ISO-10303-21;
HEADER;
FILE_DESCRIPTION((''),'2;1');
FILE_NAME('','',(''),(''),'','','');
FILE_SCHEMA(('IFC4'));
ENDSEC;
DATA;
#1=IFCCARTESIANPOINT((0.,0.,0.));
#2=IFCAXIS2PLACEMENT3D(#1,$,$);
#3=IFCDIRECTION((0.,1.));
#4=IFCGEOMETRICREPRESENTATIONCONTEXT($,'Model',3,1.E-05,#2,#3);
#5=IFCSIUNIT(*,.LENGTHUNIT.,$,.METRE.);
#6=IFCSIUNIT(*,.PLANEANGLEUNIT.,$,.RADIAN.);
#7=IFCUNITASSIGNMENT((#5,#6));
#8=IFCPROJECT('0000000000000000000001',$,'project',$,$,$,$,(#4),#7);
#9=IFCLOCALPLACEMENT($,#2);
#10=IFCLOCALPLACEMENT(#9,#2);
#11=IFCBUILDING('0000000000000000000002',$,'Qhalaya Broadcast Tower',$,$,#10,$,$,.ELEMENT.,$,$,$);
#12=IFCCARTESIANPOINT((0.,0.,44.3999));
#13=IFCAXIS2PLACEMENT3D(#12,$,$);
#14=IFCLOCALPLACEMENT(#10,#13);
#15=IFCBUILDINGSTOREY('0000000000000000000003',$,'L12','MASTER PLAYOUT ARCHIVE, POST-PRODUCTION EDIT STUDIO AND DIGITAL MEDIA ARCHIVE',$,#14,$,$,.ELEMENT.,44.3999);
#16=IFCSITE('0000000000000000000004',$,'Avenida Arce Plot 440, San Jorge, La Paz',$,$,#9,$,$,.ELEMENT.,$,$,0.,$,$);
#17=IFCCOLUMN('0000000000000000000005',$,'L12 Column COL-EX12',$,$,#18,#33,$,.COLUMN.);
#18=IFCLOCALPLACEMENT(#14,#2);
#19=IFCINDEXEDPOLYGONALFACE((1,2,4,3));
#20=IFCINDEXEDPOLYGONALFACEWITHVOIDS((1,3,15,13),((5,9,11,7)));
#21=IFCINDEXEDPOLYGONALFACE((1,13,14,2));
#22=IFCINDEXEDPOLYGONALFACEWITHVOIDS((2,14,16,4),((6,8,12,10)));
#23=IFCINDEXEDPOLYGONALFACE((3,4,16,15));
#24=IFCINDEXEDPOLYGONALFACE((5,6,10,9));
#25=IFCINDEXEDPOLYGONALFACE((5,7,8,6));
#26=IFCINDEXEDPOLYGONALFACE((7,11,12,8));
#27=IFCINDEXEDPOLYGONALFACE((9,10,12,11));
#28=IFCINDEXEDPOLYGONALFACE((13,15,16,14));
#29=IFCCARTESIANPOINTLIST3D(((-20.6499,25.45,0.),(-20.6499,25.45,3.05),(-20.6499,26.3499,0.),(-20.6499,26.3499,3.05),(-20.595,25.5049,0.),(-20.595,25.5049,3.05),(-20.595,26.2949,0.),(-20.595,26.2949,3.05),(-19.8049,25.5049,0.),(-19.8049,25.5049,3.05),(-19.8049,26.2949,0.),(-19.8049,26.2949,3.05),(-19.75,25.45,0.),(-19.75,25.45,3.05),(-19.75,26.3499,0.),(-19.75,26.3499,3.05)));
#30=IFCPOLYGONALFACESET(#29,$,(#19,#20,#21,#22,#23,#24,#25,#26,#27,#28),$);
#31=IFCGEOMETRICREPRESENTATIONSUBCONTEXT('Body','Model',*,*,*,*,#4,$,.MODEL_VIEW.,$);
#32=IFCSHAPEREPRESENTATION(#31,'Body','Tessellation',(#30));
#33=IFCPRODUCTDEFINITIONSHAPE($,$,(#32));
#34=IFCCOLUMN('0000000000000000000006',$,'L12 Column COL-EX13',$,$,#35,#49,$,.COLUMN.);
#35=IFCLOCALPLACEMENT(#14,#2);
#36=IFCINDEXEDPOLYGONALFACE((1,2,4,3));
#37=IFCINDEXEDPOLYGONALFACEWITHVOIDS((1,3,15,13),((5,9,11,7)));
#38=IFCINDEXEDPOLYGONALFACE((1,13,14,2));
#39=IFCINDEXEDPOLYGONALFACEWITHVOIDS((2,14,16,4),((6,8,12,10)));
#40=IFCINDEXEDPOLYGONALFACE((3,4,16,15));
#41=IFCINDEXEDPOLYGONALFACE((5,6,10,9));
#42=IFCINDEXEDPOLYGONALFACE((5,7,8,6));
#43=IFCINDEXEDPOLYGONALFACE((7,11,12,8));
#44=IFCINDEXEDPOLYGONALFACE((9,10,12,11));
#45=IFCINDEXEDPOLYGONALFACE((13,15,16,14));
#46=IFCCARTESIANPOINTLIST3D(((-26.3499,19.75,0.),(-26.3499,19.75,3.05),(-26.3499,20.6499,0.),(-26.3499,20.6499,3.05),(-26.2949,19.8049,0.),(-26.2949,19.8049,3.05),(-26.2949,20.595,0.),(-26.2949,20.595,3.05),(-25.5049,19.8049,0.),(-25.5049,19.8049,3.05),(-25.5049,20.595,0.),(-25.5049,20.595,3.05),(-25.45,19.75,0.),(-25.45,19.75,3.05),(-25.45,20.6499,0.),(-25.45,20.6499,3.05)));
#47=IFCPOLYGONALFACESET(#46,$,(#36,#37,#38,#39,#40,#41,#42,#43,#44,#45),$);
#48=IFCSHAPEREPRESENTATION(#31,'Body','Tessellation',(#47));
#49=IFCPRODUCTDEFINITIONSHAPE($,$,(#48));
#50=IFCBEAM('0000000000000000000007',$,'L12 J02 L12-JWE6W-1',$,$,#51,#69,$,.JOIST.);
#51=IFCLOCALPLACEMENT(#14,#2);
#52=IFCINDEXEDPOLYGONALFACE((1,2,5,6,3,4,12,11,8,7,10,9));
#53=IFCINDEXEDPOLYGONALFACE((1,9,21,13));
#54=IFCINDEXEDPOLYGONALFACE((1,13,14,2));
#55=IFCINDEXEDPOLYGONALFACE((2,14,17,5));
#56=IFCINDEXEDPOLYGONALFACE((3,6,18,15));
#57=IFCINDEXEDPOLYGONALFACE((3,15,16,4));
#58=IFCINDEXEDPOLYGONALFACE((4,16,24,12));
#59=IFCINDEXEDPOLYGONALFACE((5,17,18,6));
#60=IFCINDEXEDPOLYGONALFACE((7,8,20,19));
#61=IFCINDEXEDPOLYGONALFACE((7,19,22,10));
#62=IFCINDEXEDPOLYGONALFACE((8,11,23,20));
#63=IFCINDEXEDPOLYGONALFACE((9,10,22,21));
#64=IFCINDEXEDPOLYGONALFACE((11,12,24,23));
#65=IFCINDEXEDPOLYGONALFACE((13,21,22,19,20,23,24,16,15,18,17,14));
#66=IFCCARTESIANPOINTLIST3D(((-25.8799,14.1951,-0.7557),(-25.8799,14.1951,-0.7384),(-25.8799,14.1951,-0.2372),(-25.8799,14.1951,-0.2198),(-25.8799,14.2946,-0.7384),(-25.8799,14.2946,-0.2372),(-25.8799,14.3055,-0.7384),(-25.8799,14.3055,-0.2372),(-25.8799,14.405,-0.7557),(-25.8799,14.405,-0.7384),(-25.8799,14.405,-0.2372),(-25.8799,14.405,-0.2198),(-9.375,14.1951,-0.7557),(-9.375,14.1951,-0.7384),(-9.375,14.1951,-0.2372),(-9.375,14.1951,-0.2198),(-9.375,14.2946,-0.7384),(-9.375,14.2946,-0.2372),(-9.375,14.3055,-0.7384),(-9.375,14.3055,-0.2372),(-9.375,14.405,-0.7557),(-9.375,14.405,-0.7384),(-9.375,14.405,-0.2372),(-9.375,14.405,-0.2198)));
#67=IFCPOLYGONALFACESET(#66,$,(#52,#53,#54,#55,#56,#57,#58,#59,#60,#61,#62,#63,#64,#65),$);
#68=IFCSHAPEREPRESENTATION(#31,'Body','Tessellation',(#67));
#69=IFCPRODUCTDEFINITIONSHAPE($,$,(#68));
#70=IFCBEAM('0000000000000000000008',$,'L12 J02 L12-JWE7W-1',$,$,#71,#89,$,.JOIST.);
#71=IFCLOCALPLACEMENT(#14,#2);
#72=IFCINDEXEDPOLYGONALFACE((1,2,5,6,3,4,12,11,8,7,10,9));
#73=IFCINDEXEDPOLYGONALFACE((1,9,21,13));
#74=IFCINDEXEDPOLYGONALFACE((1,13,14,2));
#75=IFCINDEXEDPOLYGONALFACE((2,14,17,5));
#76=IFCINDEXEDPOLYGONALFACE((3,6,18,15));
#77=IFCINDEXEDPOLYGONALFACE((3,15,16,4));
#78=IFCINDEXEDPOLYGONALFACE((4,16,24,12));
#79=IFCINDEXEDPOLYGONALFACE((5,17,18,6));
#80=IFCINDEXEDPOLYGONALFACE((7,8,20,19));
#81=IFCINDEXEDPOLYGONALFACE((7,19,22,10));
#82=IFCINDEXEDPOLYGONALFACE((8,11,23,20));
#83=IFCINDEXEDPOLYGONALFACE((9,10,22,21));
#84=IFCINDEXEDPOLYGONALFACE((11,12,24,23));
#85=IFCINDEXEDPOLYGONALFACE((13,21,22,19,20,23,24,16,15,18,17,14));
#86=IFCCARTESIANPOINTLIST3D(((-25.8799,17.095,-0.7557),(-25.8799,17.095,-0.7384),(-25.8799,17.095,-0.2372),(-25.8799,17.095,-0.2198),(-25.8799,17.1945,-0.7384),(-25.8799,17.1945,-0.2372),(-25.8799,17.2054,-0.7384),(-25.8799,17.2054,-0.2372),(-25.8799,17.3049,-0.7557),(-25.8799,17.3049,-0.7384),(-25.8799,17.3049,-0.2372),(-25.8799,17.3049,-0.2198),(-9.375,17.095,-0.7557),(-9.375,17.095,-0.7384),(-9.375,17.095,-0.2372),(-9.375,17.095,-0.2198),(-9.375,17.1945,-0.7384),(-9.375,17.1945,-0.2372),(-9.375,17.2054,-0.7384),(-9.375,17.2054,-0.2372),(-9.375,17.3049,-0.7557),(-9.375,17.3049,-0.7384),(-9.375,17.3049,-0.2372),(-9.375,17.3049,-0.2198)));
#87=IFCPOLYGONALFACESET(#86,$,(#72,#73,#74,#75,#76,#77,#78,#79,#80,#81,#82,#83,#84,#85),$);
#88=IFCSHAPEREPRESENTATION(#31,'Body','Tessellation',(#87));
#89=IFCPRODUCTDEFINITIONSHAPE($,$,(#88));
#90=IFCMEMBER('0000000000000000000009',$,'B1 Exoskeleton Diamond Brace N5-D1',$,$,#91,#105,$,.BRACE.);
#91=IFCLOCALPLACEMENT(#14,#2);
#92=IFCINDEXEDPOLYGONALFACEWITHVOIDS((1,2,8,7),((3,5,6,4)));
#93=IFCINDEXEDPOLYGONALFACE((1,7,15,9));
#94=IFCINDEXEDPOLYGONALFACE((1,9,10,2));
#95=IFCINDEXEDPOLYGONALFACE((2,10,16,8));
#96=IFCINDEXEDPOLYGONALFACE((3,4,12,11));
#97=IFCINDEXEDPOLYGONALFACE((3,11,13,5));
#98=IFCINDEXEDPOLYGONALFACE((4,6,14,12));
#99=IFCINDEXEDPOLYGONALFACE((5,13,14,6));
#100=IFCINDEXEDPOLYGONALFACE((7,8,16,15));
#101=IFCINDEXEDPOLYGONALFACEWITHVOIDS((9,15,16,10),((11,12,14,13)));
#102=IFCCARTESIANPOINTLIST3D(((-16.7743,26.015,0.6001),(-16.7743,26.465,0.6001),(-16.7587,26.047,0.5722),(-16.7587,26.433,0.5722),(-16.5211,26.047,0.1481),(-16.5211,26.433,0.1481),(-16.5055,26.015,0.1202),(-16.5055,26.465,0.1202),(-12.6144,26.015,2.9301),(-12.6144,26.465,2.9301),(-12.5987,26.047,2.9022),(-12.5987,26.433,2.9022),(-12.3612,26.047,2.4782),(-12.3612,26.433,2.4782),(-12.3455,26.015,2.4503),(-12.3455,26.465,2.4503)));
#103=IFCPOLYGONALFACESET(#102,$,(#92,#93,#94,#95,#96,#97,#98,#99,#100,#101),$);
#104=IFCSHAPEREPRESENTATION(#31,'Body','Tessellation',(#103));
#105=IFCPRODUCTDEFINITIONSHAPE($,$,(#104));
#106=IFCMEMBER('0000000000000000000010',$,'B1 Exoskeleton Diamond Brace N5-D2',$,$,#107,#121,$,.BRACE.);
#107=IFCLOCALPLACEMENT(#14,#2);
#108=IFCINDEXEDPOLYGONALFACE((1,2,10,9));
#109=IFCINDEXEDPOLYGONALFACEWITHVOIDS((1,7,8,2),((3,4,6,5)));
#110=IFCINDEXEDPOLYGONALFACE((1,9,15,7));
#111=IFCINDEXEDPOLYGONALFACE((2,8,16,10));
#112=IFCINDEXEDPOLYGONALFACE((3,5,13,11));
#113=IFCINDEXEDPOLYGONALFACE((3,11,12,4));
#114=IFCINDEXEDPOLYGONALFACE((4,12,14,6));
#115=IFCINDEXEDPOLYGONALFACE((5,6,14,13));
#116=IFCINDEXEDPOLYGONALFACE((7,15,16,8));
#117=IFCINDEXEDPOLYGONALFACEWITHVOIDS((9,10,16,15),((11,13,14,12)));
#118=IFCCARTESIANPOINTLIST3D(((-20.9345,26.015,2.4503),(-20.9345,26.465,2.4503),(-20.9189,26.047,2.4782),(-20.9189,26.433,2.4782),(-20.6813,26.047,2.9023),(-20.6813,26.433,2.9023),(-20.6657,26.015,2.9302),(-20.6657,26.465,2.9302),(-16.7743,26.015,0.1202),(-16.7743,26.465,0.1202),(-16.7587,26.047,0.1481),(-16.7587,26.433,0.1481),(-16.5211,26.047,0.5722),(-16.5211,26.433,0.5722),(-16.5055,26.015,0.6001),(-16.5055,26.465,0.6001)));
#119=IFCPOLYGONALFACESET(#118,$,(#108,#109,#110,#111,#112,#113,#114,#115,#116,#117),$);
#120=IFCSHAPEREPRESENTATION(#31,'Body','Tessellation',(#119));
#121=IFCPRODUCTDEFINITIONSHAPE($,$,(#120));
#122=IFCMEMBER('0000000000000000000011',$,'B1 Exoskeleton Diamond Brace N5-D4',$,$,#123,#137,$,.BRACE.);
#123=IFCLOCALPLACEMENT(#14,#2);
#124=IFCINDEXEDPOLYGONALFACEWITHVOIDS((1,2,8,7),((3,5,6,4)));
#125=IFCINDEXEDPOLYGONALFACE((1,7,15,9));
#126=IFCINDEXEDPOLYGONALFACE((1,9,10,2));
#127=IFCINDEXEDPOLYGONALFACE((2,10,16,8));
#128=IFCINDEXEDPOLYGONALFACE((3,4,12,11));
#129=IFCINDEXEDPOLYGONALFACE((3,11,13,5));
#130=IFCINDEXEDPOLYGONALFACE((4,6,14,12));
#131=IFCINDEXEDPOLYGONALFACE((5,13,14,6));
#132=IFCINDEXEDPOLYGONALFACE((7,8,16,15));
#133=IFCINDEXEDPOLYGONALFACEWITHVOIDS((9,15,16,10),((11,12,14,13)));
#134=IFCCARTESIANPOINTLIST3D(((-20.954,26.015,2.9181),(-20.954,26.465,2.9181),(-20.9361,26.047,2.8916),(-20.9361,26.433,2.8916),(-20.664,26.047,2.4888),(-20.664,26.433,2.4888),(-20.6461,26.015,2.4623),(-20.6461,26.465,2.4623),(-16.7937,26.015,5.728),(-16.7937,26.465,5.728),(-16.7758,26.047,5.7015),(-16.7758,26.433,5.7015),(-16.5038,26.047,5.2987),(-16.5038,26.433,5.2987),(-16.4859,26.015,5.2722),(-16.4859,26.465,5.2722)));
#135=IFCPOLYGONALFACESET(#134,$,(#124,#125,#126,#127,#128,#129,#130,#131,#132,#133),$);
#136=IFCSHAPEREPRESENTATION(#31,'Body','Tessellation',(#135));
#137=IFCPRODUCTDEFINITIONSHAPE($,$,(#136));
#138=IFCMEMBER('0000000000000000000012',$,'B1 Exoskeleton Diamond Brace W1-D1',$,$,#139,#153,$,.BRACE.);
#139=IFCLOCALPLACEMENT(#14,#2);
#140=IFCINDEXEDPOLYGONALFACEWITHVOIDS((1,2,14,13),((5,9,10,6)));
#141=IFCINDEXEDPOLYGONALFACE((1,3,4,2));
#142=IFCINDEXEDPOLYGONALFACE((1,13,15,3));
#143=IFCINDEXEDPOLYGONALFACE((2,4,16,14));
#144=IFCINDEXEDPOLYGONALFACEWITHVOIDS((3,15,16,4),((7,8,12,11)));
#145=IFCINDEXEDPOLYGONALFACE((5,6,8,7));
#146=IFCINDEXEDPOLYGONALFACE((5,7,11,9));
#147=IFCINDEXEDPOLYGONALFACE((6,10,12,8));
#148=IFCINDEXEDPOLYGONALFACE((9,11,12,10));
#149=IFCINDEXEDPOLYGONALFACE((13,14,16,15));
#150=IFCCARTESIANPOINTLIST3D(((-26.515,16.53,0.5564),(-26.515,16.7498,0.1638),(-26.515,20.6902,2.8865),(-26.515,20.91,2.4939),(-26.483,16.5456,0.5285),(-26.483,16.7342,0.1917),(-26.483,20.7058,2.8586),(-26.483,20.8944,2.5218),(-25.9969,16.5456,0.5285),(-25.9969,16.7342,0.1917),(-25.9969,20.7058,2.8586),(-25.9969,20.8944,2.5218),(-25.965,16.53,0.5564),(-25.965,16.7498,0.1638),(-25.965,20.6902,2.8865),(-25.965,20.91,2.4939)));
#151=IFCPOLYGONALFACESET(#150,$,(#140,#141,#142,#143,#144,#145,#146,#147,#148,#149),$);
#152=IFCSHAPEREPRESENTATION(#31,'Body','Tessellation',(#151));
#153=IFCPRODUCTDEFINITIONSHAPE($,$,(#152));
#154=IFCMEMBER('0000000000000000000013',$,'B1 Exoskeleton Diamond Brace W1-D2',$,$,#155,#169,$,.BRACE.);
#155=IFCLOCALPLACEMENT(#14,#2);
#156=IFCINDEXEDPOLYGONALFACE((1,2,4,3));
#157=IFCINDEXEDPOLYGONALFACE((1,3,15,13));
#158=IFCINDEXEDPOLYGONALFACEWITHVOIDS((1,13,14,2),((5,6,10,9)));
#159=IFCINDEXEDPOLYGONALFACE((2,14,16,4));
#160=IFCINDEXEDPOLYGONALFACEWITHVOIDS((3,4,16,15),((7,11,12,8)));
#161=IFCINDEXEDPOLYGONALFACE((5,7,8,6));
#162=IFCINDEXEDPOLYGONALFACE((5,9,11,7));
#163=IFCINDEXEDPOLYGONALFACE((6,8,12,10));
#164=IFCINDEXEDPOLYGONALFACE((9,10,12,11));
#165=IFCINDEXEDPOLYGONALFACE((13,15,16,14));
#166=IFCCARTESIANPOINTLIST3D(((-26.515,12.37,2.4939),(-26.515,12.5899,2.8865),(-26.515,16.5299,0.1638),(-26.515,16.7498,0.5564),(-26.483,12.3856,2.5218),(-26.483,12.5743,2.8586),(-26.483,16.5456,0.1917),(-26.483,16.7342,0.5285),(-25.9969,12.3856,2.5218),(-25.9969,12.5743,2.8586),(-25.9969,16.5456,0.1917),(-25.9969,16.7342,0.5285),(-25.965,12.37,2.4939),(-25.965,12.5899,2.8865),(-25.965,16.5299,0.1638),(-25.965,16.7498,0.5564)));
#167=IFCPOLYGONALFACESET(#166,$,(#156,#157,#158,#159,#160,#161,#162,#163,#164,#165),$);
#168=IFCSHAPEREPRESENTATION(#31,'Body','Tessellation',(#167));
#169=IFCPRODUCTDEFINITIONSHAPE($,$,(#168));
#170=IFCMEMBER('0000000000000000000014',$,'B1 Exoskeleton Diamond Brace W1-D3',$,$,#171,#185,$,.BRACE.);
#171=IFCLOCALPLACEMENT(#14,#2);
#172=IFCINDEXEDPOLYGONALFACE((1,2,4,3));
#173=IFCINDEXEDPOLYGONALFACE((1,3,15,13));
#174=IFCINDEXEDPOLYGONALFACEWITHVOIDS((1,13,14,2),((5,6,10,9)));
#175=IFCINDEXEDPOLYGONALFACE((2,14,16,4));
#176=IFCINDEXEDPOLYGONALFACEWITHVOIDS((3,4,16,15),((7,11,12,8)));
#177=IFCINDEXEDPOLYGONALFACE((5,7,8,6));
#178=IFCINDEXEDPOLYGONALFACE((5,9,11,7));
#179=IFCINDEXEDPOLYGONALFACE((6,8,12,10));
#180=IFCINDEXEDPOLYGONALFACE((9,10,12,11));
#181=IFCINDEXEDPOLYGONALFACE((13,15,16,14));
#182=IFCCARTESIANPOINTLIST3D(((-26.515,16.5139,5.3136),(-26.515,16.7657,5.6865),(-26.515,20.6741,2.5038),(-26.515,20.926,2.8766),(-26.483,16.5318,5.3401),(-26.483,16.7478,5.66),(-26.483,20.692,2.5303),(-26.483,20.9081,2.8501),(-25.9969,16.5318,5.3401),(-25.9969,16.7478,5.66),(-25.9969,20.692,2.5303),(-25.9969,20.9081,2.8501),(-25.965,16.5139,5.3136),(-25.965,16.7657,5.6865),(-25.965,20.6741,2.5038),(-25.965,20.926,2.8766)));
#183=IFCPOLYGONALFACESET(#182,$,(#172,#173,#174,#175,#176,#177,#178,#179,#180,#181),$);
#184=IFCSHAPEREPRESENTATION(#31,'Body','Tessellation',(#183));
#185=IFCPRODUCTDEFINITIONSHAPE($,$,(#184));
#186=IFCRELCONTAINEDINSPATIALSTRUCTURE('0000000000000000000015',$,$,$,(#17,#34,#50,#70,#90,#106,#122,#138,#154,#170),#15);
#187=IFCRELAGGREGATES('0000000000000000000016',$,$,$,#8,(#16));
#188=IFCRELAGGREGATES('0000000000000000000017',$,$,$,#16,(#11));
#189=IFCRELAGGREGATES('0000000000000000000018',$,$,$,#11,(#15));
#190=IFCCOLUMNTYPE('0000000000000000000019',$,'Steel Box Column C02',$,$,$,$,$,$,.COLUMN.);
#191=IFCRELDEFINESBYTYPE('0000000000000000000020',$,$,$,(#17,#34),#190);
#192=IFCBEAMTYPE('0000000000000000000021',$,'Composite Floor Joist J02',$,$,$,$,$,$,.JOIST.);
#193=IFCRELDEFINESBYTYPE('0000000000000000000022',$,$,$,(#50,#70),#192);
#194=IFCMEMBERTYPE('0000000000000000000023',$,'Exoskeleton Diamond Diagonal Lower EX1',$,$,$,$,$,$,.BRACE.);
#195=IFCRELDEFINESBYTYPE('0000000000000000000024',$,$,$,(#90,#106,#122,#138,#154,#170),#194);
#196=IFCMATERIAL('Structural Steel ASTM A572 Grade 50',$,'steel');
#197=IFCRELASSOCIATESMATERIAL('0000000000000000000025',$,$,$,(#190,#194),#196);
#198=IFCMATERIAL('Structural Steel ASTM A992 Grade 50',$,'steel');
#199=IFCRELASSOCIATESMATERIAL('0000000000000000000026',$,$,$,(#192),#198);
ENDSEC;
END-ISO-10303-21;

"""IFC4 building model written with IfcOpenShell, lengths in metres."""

from ifc_helpers import new_model, si_unit, direction, frame, origin, origin_2d, place, context, subcontext, project, spatial, hollow_rectangle, i_section, extrude, material, material_profile, profile_set, type_object, element, save


model = new_model("IFC4")

# Units and contexts
model_context = context("Model", 3, precision=1e-05, world=origin(), true_north=direction((0.0, 1.0)))
body_context = subcontext(model_context, "Body", "Model", "MODEL_VIEW")
ifc_project = project(units=[si_unit("LENGTHUNIT", "METRE"), si_unit("PLANEANGLEUNIT", "RADIAN")], contexts=[model_context])

# Site, building, storey
site_placement = place(None, origin())
site = spatial("IfcSite", under=ifc_project, at=site_placement, Name="Avenida Arce Plot 440, San Jorge, La Paz", CompositionType="ELEMENT", RefElevation=0.0)
building_placement = place(site_placement, origin())
building = spatial("IfcBuilding", under=site, at=building_placement, Name="Qhalaya Broadcast Tower", CompositionType="ELEMENT")
storey_placement = place(building_placement, frame((0.0, 0.0, 44.3999)))
storey = spatial("IfcBuildingStorey", under=building, at=storey_placement, Name="L12", Description="MASTER PLAYOUT ARCHIVE, POST-PRODUCTION EDIT STUDIO AND DIGITAL MEDIA ARCHIVE", CompositionType="ELEMENT", Elevation=44.3999)

# Columns
ifc_material_1 = material(Name="Structural Steel ASTM A572 Grade 50", Category="steel")
ifc_material_profile_1 = material_profile(ifc_material_1, hollow_rectangle(XDim=0.8999, YDim=0.8999, WallThickness=0.0549, at=origin_2d()), Name="BOX 900x900x55")
ifc_profile_set_1 = profile_set([ifc_material_profile_1], Name="Structural Steel ASTM A572 Grade 50")
column_type = type_object("IfcColumnType", Name="Steel Box Column C02", PredefinedType="COLUMN", material=ifc_profile_set_1)
for number, where, z_axis, x_axis, name in (
    (1, (-20.2, 25.8999, 0.0), (0.0, 0.0, 1.0), (1.0, 0.0, 0.0), "L12 Column COL-EX12"),
    (2, (-25.8999, 20.2, 0.0), (0.0, 0.0, 1.0), (0.0, 1.0, 0.0), "L12 Column COL-EX13"),
):
    element("IfcColumn", number, at=place(storey_placement, frame(where, z_axis=z_axis, x_axis=x_axis)), inside=storey, type_object=column_type, Name=name, PredefinedType="COLUMN", context=body_context, shape_type="SweptSolid", body=[
        extrude(hollow_rectangle(XDim=0.8999, YDim=0.8999, WallThickness=0.0549, at=origin_2d()), origin(), (0.0, 0.0, 1.0), 3.05),
    ])

# Beams
ifc_material_2 = material(Name="Structural Steel ASTM A992 Grade 50", Category="steel")
ifc_material_profile_2 = material_profile(ifc_material_2, i_section(OverallWidth=0.21, OverallDepth=0.5359, WebThickness=0.011, FlangeThickness=0.0173, at=origin_2d()), Name="W21X68")
ifc_profile_set_2 = profile_set([ifc_material_profile_2], Name="Structural Steel ASTM A992 Grade 50")
beam_type_1 = type_object("IfcBeamType", Name="Composite Floor Joist J02", PredefinedType="JOIST", material=ifc_profile_set_2)
for number, where, z_axis, x_axis, name in (
    (3, (-25.8799, 14.3, -0.4878), (1.0, 0.0, 0.0), (0.0, 1.0, 0.0), "L12 J02 L12-JWE6W-1"),
    (4, (-25.8799, 17.2, -0.4878), (1.0, 0.0, 0.0), (0.0, 1.0, 0.0), "L12 J02 L12-JWE7W-1"),
):
    element("IfcBeam", number, at=place(storey_placement, frame(where, z_axis=z_axis, x_axis=x_axis)), inside=storey, type_object=beam_type_1, Name=name, PredefinedType="JOIST", context=body_context, shape_type="SweptSolid", body=[
        extrude(i_section(OverallWidth=0.21, OverallDepth=0.5359, WebThickness=0.011, FlangeThickness=0.0173, at=origin_2d()), origin(), (0.0, 0.0, 1.0), 16.5049),
    ])

# Members
ifc_material_profile_3 = material_profile(ifc_material_1, hollow_rectangle(XDim=0.45, YDim=0.55, WallThickness=0.032, at=origin_2d()), Name="BOX 450x550x32")
ifc_profile_set_3 = profile_set([ifc_material_profile_3], Name="Structural Steel ASTM A572 Grade 50")
member_type = type_object("IfcMemberType", Name="Exoskeleton Diamond Diagonal Lower EX1", PredefinedType="BRACE", material=ifc_profile_set_3)
member_1_placement = place(storey_placement, frame((-16.6399, 26.24, 0.3601), z_axis=(0.872459, 0.0, 0.488688), x_axis=(0.0, 1.0, 0.0)))
element("IfcMember", 5, at=member_1_placement, inside=storey, type_object=member_type, Name="B1 Exoskeleton Diamond Brace N5-D1", PredefinedType="BRACE", context=body_context, shape_type="SweptSolid", body=[
    extrude(hollow_rectangle(XDim=0.45, YDim=0.55, WallThickness=0.032, at=origin_2d()), origin(), (0.0, 0.0, 1.0), 4.7681),
])
member_2_placement = place(storey_placement, frame((-16.6399, 26.24, 0.3601), z_axis=(-0.872471, 0.0, 0.488666), x_axis=(0.0, -1.0, 0.0)))
element("IfcMember", 6, at=member_2_placement, inside=storey, type_object=member_type, Name="B1 Exoskeleton Diamond Brace N5-D2", PredefinedType="BRACE", context=body_context, shape_type="SweptSolid", body=[
    extrude(hollow_rectangle(XDim=0.45, YDim=0.55, WallThickness=0.032, at=origin_2d()), origin(), (0.0, 0.0, 1.0), 4.7683),
])
member_3_placement = place(storey_placement, frame((-20.8, 26.24, 2.6902), z_axis=(0.828691, 0.0, 0.559707), x_axis=(0.0, 1.0, 0.0)))
element("IfcMember", 7, at=member_3_placement, inside=storey, type_object=member_type, Name="B1 Exoskeleton Diamond Brace N5-D4", PredefinedType="BRACE", context=body_context, shape_type="SweptSolid", body=[
    extrude(hollow_rectangle(XDim=0.45, YDim=0.55, WallThickness=0.032, at=origin_2d()), origin(), (0.0, 0.0, 1.0), 5.0203),
])
member_4_placement = place(storey_placement, frame((-26.24, 16.6399, 0.3601), z_axis=(0.0, 0.872471, 0.488666), x_axis=(0.0, -0.488666, 0.872471)))
element("IfcMember", 8, at=member_4_placement, inside=storey, type_object=member_type, Name="B1 Exoskeleton Diamond Brace W1-D1", PredefinedType="BRACE", context=body_context, shape_type="SweptSolid", body=[
    extrude(hollow_rectangle(XDim=0.45, YDim=0.55, WallThickness=0.032, at=origin_2d()), origin(), (0.0, 0.0, 1.0), 4.7683),
])
member_5_placement = place(storey_placement, frame((-26.24, 16.6399, 0.3601), z_axis=(0.0, -0.872459, 0.488688), x_axis=(0.0, 0.488688, 0.872459)))
element("IfcMember", 9, at=member_5_placement, inside=storey, type_object=member_type, Name="B1 Exoskeleton Diamond Brace W1-D2", PredefinedType="BRACE", context=body_context, shape_type="SweptSolid", body=[
    extrude(hollow_rectangle(XDim=0.45, YDim=0.55, WallThickness=0.032, at=origin_2d()), origin(), (0.0, 0.0, 1.0), 4.7681),
])
member_6_placement = place(storey_placement, frame((-26.24, 20.8, 2.6902), z_axis=(0.0, -0.828691, 0.559707), x_axis=(0.0, 0.559707, 0.828691)))
element("IfcMember", 10, at=member_6_placement, inside=storey, type_object=member_type, Name="B1 Exoskeleton Diamond Brace W1-D3", PredefinedType="BRACE", context=body_context, shape_type="SweptSolid", body=[
    extrude(hollow_rectangle(XDim=0.45, YDim=0.55, WallThickness=0.032, at=origin_2d()), origin(), (0.0, 0.0, 1.0), 5.0203),
])

save(model, "model.ifc")
